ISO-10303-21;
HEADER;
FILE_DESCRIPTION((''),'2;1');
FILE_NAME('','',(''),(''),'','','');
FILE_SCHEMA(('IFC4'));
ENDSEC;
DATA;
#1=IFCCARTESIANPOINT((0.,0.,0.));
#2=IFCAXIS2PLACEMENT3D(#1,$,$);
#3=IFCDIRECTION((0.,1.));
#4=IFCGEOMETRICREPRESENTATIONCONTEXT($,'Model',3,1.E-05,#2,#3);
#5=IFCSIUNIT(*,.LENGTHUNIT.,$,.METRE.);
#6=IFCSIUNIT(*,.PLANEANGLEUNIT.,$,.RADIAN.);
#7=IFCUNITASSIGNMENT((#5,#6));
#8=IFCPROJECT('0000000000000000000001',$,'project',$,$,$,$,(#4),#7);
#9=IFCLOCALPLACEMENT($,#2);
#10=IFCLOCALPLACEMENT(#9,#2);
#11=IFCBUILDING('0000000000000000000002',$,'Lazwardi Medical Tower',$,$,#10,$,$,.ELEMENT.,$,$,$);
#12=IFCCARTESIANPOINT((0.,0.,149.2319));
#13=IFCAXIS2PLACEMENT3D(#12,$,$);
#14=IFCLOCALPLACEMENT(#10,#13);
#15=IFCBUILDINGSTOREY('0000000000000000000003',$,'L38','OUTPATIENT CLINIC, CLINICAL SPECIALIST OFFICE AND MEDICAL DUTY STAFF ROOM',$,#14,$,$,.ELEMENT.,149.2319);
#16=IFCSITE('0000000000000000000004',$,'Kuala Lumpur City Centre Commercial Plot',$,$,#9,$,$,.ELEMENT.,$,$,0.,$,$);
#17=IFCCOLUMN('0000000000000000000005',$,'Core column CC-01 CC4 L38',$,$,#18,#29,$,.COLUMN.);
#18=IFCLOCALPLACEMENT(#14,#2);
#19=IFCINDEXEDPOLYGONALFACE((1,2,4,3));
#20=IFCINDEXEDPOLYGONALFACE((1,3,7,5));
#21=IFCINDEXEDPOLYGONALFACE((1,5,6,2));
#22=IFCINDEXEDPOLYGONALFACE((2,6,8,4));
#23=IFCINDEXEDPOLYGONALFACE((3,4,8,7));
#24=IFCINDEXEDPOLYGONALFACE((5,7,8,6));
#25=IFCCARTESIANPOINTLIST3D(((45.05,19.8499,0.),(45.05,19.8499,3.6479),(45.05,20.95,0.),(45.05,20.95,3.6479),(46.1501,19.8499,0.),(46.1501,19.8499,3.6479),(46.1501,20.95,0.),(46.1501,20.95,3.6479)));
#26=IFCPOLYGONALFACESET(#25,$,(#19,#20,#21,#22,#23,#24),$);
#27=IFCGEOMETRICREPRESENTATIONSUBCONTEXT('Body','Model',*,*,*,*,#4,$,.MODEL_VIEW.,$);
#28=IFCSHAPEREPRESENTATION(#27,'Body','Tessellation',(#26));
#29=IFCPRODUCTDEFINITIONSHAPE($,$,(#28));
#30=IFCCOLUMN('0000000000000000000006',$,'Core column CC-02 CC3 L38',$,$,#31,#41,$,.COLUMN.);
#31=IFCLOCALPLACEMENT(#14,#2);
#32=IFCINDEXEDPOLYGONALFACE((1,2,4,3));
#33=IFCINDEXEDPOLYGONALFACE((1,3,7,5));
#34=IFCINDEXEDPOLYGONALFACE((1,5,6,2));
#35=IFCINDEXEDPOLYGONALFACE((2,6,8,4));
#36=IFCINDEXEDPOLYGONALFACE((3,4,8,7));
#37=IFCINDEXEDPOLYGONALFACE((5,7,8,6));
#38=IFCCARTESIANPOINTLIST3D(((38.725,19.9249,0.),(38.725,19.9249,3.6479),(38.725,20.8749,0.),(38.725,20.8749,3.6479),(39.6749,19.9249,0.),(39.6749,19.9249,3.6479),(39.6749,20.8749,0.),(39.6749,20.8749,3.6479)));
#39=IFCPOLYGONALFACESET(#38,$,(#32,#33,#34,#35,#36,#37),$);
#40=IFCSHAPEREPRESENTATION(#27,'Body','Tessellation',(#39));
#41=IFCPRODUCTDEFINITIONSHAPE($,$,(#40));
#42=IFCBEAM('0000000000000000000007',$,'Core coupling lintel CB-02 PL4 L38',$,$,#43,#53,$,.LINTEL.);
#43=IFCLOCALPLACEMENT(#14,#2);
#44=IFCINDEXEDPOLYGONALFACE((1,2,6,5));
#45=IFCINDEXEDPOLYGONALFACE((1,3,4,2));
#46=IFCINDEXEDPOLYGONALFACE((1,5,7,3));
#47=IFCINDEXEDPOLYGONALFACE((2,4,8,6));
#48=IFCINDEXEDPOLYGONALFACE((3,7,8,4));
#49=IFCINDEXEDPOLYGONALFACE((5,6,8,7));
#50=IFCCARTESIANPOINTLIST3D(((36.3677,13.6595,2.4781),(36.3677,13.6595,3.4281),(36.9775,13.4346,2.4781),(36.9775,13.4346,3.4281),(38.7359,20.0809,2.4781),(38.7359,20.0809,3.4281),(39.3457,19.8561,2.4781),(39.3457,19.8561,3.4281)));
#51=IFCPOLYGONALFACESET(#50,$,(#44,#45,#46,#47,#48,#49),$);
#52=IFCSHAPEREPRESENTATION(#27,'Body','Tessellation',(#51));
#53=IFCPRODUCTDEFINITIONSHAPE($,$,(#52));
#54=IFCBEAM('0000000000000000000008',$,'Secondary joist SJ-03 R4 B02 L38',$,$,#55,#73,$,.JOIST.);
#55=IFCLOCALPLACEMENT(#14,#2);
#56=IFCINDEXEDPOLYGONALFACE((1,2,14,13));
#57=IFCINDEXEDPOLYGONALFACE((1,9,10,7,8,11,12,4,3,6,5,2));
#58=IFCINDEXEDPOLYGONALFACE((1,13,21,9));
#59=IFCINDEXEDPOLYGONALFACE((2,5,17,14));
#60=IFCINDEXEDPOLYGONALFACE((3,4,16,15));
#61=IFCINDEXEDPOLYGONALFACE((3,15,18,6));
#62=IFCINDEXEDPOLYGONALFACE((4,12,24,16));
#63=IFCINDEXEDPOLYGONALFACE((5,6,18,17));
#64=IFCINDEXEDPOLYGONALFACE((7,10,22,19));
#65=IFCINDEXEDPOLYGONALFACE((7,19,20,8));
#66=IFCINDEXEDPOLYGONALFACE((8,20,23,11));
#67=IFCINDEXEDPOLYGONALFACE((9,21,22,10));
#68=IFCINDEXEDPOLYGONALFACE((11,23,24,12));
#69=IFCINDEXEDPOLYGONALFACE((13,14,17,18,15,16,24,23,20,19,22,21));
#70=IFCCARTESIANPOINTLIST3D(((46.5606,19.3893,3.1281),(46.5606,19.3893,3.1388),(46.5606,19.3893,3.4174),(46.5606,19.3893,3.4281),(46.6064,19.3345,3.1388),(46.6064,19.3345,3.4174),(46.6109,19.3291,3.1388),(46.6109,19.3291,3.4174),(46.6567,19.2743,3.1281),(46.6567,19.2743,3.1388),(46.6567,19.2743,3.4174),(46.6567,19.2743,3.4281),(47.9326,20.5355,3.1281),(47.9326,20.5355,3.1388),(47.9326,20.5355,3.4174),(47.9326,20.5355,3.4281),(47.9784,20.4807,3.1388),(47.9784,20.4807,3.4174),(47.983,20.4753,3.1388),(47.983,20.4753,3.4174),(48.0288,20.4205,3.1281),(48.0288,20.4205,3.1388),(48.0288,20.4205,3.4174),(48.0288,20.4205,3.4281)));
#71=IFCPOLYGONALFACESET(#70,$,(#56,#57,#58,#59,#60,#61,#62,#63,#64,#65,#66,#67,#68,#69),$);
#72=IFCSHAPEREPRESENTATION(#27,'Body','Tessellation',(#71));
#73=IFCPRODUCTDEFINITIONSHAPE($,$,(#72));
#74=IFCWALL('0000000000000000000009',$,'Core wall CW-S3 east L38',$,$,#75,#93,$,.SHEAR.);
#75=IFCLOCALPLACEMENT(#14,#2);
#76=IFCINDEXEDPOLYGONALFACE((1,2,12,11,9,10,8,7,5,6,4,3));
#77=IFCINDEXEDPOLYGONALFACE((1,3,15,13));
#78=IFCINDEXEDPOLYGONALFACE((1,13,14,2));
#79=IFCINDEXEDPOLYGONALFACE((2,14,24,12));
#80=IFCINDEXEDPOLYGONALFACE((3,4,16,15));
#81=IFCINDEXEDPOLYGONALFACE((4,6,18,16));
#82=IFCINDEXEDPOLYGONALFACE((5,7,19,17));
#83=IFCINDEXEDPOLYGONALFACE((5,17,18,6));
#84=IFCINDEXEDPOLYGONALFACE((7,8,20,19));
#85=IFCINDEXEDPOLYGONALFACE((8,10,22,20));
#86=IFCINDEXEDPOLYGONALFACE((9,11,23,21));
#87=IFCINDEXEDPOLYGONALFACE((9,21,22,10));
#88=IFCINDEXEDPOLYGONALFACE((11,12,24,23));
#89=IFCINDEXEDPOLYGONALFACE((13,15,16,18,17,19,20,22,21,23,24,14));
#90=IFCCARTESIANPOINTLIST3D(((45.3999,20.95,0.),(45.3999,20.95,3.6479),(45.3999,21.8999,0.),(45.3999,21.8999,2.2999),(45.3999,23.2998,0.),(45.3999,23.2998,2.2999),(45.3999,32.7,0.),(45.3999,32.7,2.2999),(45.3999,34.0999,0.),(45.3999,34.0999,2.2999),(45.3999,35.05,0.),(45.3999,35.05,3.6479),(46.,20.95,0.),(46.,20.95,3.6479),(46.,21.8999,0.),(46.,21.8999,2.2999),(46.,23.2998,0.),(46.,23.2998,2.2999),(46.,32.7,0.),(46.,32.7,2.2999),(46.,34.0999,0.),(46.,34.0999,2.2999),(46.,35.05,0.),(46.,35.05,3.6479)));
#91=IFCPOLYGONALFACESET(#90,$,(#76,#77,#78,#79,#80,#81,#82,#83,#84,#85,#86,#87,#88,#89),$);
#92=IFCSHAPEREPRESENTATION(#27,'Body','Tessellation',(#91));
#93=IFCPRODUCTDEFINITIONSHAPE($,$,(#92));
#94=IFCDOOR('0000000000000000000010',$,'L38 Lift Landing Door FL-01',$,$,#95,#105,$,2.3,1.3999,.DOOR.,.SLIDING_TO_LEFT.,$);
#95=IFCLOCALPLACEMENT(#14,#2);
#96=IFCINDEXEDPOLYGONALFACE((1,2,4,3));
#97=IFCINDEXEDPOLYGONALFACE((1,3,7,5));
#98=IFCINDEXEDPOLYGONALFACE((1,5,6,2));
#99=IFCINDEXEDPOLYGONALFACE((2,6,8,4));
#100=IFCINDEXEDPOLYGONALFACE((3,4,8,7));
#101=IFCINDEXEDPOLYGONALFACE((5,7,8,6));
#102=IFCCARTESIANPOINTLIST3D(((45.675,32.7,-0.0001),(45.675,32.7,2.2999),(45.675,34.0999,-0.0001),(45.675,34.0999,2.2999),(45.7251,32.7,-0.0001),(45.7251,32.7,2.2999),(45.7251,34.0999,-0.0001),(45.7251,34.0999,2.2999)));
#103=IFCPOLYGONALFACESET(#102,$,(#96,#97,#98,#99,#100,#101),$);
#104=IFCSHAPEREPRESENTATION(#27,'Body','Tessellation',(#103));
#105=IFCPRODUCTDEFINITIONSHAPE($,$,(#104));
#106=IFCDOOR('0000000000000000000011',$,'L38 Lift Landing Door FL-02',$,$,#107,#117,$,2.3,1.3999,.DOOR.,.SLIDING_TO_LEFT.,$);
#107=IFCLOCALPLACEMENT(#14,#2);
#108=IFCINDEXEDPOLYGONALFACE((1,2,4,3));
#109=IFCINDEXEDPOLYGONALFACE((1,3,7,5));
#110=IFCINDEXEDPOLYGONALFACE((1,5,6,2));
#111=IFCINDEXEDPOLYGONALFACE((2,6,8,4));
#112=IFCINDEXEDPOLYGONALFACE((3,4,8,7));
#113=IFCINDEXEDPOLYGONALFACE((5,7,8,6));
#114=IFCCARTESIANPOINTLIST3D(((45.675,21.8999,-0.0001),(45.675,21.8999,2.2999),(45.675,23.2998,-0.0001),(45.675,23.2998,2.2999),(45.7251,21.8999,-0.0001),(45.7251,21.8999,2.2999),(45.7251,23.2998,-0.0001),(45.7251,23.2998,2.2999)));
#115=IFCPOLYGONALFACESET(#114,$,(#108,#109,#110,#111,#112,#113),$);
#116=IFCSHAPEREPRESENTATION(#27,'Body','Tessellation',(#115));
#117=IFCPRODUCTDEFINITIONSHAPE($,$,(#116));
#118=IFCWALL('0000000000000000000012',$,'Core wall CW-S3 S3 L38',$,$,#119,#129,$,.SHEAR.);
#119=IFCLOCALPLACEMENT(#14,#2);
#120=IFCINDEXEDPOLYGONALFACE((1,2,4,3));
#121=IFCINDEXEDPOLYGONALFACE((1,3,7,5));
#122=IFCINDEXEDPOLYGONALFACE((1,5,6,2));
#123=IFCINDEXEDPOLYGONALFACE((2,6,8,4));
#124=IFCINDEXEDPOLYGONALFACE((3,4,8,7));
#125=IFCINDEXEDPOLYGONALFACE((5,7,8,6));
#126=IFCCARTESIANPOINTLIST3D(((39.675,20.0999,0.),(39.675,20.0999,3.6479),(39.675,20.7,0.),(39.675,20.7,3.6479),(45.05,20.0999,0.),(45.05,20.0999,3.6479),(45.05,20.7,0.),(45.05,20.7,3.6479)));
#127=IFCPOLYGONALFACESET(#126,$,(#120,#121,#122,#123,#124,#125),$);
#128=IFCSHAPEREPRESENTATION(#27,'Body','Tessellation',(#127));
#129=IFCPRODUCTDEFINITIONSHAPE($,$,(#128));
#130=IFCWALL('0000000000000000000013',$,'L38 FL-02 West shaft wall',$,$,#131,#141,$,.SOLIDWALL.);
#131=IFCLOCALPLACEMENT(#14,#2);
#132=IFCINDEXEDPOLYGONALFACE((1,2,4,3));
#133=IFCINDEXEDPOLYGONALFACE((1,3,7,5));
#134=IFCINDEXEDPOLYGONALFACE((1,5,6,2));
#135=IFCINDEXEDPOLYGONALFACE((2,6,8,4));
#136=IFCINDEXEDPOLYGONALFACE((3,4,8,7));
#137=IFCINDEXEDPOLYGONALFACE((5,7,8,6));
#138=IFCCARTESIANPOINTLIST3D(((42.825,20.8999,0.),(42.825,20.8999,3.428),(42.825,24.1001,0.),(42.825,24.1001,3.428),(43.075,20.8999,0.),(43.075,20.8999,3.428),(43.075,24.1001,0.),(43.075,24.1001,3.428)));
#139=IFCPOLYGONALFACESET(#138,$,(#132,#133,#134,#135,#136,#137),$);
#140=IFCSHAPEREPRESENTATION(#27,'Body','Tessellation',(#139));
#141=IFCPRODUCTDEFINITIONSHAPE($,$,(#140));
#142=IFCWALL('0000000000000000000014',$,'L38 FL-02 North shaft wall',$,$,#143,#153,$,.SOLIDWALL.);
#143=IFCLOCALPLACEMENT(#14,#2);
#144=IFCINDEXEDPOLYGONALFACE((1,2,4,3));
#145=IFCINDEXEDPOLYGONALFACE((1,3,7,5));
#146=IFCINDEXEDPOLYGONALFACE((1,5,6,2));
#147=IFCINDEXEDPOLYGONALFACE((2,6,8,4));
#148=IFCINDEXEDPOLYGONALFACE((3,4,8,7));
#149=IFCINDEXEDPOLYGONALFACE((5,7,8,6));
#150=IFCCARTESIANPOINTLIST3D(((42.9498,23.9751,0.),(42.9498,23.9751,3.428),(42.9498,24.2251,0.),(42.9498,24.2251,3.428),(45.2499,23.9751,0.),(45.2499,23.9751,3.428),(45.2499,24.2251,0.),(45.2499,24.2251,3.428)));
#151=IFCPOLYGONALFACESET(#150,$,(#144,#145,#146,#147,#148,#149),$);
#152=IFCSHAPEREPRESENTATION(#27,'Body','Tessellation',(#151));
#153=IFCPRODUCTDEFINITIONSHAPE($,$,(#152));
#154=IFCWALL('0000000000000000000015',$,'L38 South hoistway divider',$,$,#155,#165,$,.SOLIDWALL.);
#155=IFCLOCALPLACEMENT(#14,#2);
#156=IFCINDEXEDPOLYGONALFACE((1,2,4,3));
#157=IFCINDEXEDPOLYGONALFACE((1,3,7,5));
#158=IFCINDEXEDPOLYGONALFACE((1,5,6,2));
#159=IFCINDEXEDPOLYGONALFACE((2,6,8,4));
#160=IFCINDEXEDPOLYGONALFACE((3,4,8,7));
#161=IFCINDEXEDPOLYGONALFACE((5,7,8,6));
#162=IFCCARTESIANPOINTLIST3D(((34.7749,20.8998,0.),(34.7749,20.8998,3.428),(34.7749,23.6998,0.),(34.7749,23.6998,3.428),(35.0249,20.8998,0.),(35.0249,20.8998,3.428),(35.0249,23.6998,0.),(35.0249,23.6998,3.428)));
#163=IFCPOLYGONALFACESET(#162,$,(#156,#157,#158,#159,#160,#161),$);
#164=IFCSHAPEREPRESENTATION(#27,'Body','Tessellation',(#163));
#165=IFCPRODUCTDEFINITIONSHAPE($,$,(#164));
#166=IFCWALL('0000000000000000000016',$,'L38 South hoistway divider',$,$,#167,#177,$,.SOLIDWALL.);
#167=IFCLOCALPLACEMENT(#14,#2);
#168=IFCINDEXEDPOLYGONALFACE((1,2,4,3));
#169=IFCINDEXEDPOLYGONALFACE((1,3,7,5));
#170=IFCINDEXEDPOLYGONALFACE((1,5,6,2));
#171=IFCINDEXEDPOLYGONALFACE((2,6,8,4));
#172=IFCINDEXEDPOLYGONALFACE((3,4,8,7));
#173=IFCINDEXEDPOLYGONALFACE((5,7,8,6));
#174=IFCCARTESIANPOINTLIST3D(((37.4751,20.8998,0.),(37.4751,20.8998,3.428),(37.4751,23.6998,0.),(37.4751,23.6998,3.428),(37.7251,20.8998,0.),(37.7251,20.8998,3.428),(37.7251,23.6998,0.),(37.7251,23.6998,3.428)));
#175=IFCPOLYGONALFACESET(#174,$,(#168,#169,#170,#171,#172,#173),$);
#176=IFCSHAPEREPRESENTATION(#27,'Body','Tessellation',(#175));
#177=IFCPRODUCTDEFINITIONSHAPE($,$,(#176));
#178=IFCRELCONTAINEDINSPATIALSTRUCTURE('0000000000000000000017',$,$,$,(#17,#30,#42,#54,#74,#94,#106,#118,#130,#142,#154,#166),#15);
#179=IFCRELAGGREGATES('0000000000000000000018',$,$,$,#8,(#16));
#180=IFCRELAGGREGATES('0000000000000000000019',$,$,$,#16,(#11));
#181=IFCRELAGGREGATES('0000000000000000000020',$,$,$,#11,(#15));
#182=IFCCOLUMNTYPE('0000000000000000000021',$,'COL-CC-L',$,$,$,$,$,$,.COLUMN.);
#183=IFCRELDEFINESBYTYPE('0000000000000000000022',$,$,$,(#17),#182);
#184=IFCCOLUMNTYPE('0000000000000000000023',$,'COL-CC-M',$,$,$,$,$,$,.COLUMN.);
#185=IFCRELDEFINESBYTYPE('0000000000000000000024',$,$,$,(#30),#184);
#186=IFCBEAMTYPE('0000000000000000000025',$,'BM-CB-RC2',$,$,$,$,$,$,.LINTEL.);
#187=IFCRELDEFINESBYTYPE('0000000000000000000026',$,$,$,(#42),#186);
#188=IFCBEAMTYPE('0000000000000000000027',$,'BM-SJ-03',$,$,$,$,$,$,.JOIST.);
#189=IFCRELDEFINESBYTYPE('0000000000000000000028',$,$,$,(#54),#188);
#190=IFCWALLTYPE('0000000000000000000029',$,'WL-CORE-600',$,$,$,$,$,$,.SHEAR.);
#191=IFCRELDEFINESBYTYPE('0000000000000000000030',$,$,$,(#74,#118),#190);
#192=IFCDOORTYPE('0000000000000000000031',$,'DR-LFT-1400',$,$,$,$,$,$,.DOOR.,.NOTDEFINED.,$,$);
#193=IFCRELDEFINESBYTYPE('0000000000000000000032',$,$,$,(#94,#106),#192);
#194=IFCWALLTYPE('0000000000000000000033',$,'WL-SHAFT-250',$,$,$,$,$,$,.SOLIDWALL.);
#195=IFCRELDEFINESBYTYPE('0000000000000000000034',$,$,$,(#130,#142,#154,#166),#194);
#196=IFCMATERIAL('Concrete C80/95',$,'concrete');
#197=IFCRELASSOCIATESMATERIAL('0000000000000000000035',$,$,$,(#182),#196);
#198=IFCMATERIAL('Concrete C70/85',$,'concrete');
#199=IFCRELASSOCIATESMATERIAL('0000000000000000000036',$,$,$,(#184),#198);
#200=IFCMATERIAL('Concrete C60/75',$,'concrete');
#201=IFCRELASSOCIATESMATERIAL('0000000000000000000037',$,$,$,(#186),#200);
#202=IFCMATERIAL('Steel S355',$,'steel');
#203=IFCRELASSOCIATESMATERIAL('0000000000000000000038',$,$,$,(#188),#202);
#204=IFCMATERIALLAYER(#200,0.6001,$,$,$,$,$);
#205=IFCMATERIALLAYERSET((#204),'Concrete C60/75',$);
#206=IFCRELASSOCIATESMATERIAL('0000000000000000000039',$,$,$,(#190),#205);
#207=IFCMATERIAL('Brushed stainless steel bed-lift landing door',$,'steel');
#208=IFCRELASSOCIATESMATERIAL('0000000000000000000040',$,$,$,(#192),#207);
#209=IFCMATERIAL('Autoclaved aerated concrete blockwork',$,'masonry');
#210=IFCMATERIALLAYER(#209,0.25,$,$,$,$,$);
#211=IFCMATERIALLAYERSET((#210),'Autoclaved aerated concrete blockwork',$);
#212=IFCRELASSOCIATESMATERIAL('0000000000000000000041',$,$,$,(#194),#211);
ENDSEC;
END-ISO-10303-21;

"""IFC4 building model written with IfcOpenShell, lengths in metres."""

from ifc_helpers import new_model, si_unit, direction, frame, frame_2d, origin, origin_2d, place, context, subcontext, project, spatial, rectangle, i_section, extrude, material, layer, layer_set, material_profile, profile_set, type_object, element, fill, save


model = new_model("IFC4")

# Units and contexts
model_context = context("Model", 3, precision=1e-05, world=origin(), true_north=direction((0.0, 1.0)))
body_context = subcontext(model_context, "Body", "Model", "MODEL_VIEW")
ifc_project = project(units=[si_unit("LENGTHUNIT", "METRE"), si_unit("PLANEANGLEUNIT", "RADIAN")], contexts=[model_context])

# Site, building, storey
site_placement = place(None, origin())
site = spatial("IfcSite", under=ifc_project, at=site_placement, Name="Kuala Lumpur City Centre Commercial Plot", CompositionType="ELEMENT", RefElevation=0.0)
building_placement = place(site_placement, origin())
building = spatial("IfcBuilding", under=site, at=building_placement, Name="Lazwardi Medical Tower", CompositionType="ELEMENT")
storey_placement = place(building_placement, frame((0.0, 0.0, 149.2319)))
storey = spatial("IfcBuildingStorey", under=building, at=storey_placement, Name="L38", Description="OUTPATIENT CLINIC, CLINICAL SPECIALIST OFFICE AND MEDICAL DUTY STAFF ROOM", CompositionType="ELEMENT", Elevation=149.2319)

# Columns
ifc_material_1 = material(Name="Concrete C80/95", Category="concrete")
ifc_material_profile_1 = material_profile(ifc_material_1, rectangle(XDim=1.1001, YDim=1.1001, at=origin_2d()), Name="RC 1100x1100")
ifc_profile_set_1 = profile_set([ifc_material_profile_1], Name="Concrete C80/95")
column_type_1 = type_object("IfcColumnType", Name="COL-CC-L", PredefinedType="COLUMN", material=ifc_profile_set_1)
column_1_placement = place(storey_placement, frame((45.6001, 20.3999, 0.0), z_axis=(0.0, 0.0, 1.0), x_axis=(1.0, 0.0, 0.0)))
element("IfcColumn", 1, at=column_1_placement, inside=storey, type_object=column_type_1, Name="Core column CC-01 CC4 L38", PredefinedType="COLUMN", context=body_context, shape_type="SweptSolid", body=[
    extrude(rectangle(XDim=1.1001, YDim=1.1001, at=origin_2d()), origin(), (0.0, 0.0, 1.0), 3.6479),
])
ifc_material_2 = material(Name="Concrete C70/85", Category="concrete")
ifc_material_profile_2 = material_profile(ifc_material_2, rectangle(XDim=0.95, YDim=0.95, at=origin_2d()), Name="RC 950x950")
ifc_profile_set_2 = profile_set([ifc_material_profile_2], Name="Concrete C70/85")
column_type_2 = type_object("IfcColumnType", Name="COL-CC-M", PredefinedType="COLUMN", material=ifc_profile_set_2)
column_2_placement = place(storey_placement, frame((39.2, 20.3999, 0.0), z_axis=(0.0, 0.0, 1.0), x_axis=(1.0, 0.0, 0.0)))
element("IfcColumn", 2, at=column_2_placement, inside=storey, type_object=column_type_2, Name="Core column CC-02 CC3 L38", PredefinedType="COLUMN", context=body_context, shape_type="SweptSolid", body=[
    extrude(rectangle(XDim=0.95, YDim=0.95, at=origin_2d()), origin(), (0.0, 0.0, 1.0), 3.6479),
])

# Beams
ifc_material_3 = material(Name="Concrete C60/75", Category="concrete")
ifc_material_profile_3 = material_profile(ifc_material_3, rectangle(XDim=0.6499, YDim=0.95, at=origin_2d()), Name="RC 650x950")
ifc_profile_set_3 = profile_set([ifc_material_profile_3], Name="Concrete C60/75")
beam_type_1 = type_object("IfcBeamType", Name="BM-CB-RC2", PredefinedType="LINTEL", material=ifc_profile_set_3)
beam_1_placement = place(storey_placement, frame((39.0408, 19.9685, 2.9531), z_axis=(-0.346013, -0.93823, 0.0), x_axis=(0.93823, -0.346013, 0.0)))
element("IfcBeam", 3, at=beam_1_placement, inside=storey, type_object=beam_type_1, Name="Core coupling lintel CB-02 PL4 L38", PredefinedType="LINTEL", context=body_context, shape_type="SweptSolid", body=[
    extrude(rectangle(XDim=0.6499, YDim=0.95, at=origin_2d()), origin(), (0.0, 0.0, 1.0), 6.8442),
])
ifc_material_4 = material(Name="Steel S355", Category="steel")
ifc_material_profile_4 = material_profile(ifc_material_4, i_section(OverallWidth=0.1499, OverallDepth=0.3, WebThickness=0.0071, FlangeThickness=0.0107, at=origin_2d()), Name="IPE 300")
ifc_profile_set_4 = profile_set([ifc_material_profile_4], Name="Steel S355")
beam_type_2 = type_object("IfcBeamType", Name="BM-SJ-03", PredefinedType="JOIST", material=ifc_profile_set_4)
beam_2_placement = place(storey_placement, frame((46.6086, 19.3318, 3.2781), z_axis=(0.767437, 0.641124, 0.0), x_axis=(-0.641124, 0.767437, 0.0)))
element("IfcBeam", 4, at=beam_2_placement, inside=storey, type_object=beam_type_2, Name="Secondary joist SJ-03 R4 B02 L38", PredefinedType="JOIST", context=body_context, shape_type="SweptSolid", body=[
    extrude(i_section(OverallWidth=0.1499, OverallDepth=0.3, WebThickness=0.0071, FlangeThickness=0.0107, at=origin_2d()), origin(), (0.0, 0.0, 1.0), 1.7878),
])

# Wall, openings, doors
ifc_layer_1 = layer(ifc_material_3, 0.6001)
ifc_layer_set_1 = layer_set([ifc_layer_1], Name="Concrete C60/75")
wall_type_1 = type_object("IfcWallType", Name="WL-CORE-600", PredefinedType="SHEAR", material=ifc_layer_set_1)
wall_1_placement = place(storey_placement, frame((45.7, 20.95, 0.0), z_axis=(0.0, 0.0, 1.0), x_axis=(0.0, 1.0, 0.0)))
wall_1 = element("IfcWall", 5, at=wall_1_placement, inside=storey, type_object=wall_type_1, Name="Core wall CW-S3 east L38", PredefinedType="SHEAR", context=body_context, shape_type="SweptSolid", body=[
    extrude(rectangle(XDim=14.1001, YDim=0.6001, at=frame_2d((7.05, 0.0))), origin(), (0.0, 0.0, 1.0), 3.6479),
])
opening_1_placement = place(wall_1_placement, frame((11.75, 0.0, 0.0)))
opening_1 = element("IfcOpeningElement", 6, at=opening_1_placement, cuts=wall_1, PredefinedType="OPENING", context=body_context, shape_type="SweptSolid", body=[
    extrude(rectangle(XDim=1.3999, YDim=2.3, at=frame_2d((0.7, 1.1499))), frame((0.0, 0.3101, 0.0), z_axis=(0.0, -1.0, 0.0), x_axis=(1.0, 0.0, 0.0)), (0.0, 0.0, 1.0), 0.6201),
])
opening_2_placement = place(wall_1_placement, frame((0.95, 0.0, 0.0)))
opening_2 = element("IfcOpeningElement", 7, at=opening_2_placement, cuts=wall_1, PredefinedType="OPENING", context=body_context, shape_type="SweptSolid", body=[
    extrude(rectangle(XDim=1.3999, YDim=2.3, at=frame_2d((0.7, 1.1499))), frame((0.0, 0.3101, 0.0), z_axis=(0.0, -1.0, 0.0), x_axis=(1.0, 0.0, 0.0)), (0.0, 0.0, 1.0), 0.6201),
])
ifc_material_5 = material(Name="Brushed stainless steel bed-lift landing door", Category="steel")
door_type = type_object("IfcDoorType", Name="DR-LFT-1400", OperationType="NOTDEFINED", PredefinedType="DOOR", material=ifc_material_5)
door_1_placement = place(opening_1_placement, origin())
door_1 = element("IfcDoor", 8, at=door_1_placement, inside=storey, type_object=door_type, Name="L38 Lift Landing Door FL-01", OperationType="SLIDING_TO_LEFT", OverallHeight=2.3, OverallWidth=1.3999, PredefinedType="DOOR", context=body_context, shape_type="SweptSolid", body=[
    extrude(rectangle(XDim=1.3999, YDim=2.3, at=frame_2d((0.7, 1.1499))), frame((0.0, 0.0249, 0.0), z_axis=(0.0, -1.0, 0.0), x_axis=(1.0, 0.0, 0.0)), (0.0, 0.0, 1.0), 0.05),
])
fill(opening_1, door_1)
door_2_placement = place(opening_2_placement, origin())
door_2 = element("IfcDoor", 9, at=door_2_placement, inside=storey, type_object=door_type, Name="L38 Lift Landing Door FL-02", OperationType="SLIDING_TO_LEFT", OverallHeight=2.3, OverallWidth=1.3999, PredefinedType="DOOR", context=body_context, shape_type="SweptSolid", body=[
    extrude(rectangle(XDim=1.3999, YDim=2.3, at=frame_2d((0.7, 1.1499))), frame((0.0, 0.0249, 0.0), z_axis=(0.0, -1.0, 0.0), x_axis=(1.0, 0.0, 0.0)), (0.0, 0.0, 1.0), 0.05),
])
fill(opening_2, door_2)

# Walls
wall_2_placement = place(storey_placement, frame((39.675, 20.3999, 0.0), z_axis=(0.0, 0.0, 1.0), x_axis=(1.0, 0.0, 0.0)))
element("IfcWall", 10, at=wall_2_placement, inside=storey, type_object=wall_type_1, Name="Core wall CW-S3 S3 L38", PredefinedType="SHEAR", context=body_context, shape_type="SweptSolid", body=[
    extrude(rectangle(XDim=5.375, YDim=0.6001, at=frame_2d((2.6875, 0.0))), origin(), (0.0, 0.0, 1.0), 3.6479),
])
ifc_material_6 = material(Name="Autoclaved aerated concrete blockwork", Category="masonry")
ifc_layer_2 = layer(ifc_material_6, 0.25)
ifc_layer_set_2 = layer_set([ifc_layer_2], Name="Autoclaved aerated concrete blockwork")
wall_type_2 = type_object("IfcWallType", Name="WL-SHAFT-250", PredefinedType="SOLIDWALL", material=ifc_layer_set_2)
wall_3_placement = place(storey_placement, frame((42.95, 20.8999, 0.0), z_axis=(0.0, 0.0, 1.0), x_axis=(0.0, 1.0, 0.0)))
element("IfcWall", 11, at=wall_3_placement, inside=storey, type_object=wall_type_2, Name="L38 FL-02 West shaft wall", PredefinedType="SOLIDWALL", context=body_context, shape_type="SweptSolid", body=[
    extrude(rectangle(XDim=3.2002, YDim=0.25, at=frame_2d((1.6001, 0.0))), origin(), (0.0, 0.0, 1.0), 3.428),
])
wall_4_placement = place(storey_placement, frame((42.95, 24.1001, 0.0), z_axis=(0.0, 0.0, 1.0), x_axis=(1.0, 0.0, 0.0)))
element("IfcWall", 12, at=wall_4_placement, inside=storey, type_object=wall_type_2, Name="L38 FL-02 North shaft wall", PredefinedType="SOLIDWALL", context=body_context, shape_type="SweptSolid", body=[
    extrude(rectangle(XDim=2.3, YDim=0.25, at=frame_2d((1.1499, 0.0))), origin(), (0.0, 0.0, 1.0), 3.428),
])
for number, where, z_axis, x_axis, name in (
    (13, (34.8999, 20.8999, 0.0), (0.0, 0.0, 1.0), (0.0, 1.0, 0.0), "L38 South hoistway divider"),
    (14, (37.6001, 20.8999, 0.0), (0.0, 0.0, 1.0), (0.0, 1.0, 0.0), "L38 South hoistway divider"),
):
    element("IfcWall", number, at=place(storey_placement, frame(where, z_axis=z_axis, x_axis=x_axis)), inside=storey, type_object=wall_type_2, Name=name, PredefinedType="SOLIDWALL", context=body_context, shape_type="SweptSolid", body=[
        extrude(rectangle(XDim=2.8, YDim=0.25, at=frame_2d((1.3999, 0.0))), origin(), (0.0, 0.0, 1.0), 3.428),
    ])

save(model, "model.ifc")
